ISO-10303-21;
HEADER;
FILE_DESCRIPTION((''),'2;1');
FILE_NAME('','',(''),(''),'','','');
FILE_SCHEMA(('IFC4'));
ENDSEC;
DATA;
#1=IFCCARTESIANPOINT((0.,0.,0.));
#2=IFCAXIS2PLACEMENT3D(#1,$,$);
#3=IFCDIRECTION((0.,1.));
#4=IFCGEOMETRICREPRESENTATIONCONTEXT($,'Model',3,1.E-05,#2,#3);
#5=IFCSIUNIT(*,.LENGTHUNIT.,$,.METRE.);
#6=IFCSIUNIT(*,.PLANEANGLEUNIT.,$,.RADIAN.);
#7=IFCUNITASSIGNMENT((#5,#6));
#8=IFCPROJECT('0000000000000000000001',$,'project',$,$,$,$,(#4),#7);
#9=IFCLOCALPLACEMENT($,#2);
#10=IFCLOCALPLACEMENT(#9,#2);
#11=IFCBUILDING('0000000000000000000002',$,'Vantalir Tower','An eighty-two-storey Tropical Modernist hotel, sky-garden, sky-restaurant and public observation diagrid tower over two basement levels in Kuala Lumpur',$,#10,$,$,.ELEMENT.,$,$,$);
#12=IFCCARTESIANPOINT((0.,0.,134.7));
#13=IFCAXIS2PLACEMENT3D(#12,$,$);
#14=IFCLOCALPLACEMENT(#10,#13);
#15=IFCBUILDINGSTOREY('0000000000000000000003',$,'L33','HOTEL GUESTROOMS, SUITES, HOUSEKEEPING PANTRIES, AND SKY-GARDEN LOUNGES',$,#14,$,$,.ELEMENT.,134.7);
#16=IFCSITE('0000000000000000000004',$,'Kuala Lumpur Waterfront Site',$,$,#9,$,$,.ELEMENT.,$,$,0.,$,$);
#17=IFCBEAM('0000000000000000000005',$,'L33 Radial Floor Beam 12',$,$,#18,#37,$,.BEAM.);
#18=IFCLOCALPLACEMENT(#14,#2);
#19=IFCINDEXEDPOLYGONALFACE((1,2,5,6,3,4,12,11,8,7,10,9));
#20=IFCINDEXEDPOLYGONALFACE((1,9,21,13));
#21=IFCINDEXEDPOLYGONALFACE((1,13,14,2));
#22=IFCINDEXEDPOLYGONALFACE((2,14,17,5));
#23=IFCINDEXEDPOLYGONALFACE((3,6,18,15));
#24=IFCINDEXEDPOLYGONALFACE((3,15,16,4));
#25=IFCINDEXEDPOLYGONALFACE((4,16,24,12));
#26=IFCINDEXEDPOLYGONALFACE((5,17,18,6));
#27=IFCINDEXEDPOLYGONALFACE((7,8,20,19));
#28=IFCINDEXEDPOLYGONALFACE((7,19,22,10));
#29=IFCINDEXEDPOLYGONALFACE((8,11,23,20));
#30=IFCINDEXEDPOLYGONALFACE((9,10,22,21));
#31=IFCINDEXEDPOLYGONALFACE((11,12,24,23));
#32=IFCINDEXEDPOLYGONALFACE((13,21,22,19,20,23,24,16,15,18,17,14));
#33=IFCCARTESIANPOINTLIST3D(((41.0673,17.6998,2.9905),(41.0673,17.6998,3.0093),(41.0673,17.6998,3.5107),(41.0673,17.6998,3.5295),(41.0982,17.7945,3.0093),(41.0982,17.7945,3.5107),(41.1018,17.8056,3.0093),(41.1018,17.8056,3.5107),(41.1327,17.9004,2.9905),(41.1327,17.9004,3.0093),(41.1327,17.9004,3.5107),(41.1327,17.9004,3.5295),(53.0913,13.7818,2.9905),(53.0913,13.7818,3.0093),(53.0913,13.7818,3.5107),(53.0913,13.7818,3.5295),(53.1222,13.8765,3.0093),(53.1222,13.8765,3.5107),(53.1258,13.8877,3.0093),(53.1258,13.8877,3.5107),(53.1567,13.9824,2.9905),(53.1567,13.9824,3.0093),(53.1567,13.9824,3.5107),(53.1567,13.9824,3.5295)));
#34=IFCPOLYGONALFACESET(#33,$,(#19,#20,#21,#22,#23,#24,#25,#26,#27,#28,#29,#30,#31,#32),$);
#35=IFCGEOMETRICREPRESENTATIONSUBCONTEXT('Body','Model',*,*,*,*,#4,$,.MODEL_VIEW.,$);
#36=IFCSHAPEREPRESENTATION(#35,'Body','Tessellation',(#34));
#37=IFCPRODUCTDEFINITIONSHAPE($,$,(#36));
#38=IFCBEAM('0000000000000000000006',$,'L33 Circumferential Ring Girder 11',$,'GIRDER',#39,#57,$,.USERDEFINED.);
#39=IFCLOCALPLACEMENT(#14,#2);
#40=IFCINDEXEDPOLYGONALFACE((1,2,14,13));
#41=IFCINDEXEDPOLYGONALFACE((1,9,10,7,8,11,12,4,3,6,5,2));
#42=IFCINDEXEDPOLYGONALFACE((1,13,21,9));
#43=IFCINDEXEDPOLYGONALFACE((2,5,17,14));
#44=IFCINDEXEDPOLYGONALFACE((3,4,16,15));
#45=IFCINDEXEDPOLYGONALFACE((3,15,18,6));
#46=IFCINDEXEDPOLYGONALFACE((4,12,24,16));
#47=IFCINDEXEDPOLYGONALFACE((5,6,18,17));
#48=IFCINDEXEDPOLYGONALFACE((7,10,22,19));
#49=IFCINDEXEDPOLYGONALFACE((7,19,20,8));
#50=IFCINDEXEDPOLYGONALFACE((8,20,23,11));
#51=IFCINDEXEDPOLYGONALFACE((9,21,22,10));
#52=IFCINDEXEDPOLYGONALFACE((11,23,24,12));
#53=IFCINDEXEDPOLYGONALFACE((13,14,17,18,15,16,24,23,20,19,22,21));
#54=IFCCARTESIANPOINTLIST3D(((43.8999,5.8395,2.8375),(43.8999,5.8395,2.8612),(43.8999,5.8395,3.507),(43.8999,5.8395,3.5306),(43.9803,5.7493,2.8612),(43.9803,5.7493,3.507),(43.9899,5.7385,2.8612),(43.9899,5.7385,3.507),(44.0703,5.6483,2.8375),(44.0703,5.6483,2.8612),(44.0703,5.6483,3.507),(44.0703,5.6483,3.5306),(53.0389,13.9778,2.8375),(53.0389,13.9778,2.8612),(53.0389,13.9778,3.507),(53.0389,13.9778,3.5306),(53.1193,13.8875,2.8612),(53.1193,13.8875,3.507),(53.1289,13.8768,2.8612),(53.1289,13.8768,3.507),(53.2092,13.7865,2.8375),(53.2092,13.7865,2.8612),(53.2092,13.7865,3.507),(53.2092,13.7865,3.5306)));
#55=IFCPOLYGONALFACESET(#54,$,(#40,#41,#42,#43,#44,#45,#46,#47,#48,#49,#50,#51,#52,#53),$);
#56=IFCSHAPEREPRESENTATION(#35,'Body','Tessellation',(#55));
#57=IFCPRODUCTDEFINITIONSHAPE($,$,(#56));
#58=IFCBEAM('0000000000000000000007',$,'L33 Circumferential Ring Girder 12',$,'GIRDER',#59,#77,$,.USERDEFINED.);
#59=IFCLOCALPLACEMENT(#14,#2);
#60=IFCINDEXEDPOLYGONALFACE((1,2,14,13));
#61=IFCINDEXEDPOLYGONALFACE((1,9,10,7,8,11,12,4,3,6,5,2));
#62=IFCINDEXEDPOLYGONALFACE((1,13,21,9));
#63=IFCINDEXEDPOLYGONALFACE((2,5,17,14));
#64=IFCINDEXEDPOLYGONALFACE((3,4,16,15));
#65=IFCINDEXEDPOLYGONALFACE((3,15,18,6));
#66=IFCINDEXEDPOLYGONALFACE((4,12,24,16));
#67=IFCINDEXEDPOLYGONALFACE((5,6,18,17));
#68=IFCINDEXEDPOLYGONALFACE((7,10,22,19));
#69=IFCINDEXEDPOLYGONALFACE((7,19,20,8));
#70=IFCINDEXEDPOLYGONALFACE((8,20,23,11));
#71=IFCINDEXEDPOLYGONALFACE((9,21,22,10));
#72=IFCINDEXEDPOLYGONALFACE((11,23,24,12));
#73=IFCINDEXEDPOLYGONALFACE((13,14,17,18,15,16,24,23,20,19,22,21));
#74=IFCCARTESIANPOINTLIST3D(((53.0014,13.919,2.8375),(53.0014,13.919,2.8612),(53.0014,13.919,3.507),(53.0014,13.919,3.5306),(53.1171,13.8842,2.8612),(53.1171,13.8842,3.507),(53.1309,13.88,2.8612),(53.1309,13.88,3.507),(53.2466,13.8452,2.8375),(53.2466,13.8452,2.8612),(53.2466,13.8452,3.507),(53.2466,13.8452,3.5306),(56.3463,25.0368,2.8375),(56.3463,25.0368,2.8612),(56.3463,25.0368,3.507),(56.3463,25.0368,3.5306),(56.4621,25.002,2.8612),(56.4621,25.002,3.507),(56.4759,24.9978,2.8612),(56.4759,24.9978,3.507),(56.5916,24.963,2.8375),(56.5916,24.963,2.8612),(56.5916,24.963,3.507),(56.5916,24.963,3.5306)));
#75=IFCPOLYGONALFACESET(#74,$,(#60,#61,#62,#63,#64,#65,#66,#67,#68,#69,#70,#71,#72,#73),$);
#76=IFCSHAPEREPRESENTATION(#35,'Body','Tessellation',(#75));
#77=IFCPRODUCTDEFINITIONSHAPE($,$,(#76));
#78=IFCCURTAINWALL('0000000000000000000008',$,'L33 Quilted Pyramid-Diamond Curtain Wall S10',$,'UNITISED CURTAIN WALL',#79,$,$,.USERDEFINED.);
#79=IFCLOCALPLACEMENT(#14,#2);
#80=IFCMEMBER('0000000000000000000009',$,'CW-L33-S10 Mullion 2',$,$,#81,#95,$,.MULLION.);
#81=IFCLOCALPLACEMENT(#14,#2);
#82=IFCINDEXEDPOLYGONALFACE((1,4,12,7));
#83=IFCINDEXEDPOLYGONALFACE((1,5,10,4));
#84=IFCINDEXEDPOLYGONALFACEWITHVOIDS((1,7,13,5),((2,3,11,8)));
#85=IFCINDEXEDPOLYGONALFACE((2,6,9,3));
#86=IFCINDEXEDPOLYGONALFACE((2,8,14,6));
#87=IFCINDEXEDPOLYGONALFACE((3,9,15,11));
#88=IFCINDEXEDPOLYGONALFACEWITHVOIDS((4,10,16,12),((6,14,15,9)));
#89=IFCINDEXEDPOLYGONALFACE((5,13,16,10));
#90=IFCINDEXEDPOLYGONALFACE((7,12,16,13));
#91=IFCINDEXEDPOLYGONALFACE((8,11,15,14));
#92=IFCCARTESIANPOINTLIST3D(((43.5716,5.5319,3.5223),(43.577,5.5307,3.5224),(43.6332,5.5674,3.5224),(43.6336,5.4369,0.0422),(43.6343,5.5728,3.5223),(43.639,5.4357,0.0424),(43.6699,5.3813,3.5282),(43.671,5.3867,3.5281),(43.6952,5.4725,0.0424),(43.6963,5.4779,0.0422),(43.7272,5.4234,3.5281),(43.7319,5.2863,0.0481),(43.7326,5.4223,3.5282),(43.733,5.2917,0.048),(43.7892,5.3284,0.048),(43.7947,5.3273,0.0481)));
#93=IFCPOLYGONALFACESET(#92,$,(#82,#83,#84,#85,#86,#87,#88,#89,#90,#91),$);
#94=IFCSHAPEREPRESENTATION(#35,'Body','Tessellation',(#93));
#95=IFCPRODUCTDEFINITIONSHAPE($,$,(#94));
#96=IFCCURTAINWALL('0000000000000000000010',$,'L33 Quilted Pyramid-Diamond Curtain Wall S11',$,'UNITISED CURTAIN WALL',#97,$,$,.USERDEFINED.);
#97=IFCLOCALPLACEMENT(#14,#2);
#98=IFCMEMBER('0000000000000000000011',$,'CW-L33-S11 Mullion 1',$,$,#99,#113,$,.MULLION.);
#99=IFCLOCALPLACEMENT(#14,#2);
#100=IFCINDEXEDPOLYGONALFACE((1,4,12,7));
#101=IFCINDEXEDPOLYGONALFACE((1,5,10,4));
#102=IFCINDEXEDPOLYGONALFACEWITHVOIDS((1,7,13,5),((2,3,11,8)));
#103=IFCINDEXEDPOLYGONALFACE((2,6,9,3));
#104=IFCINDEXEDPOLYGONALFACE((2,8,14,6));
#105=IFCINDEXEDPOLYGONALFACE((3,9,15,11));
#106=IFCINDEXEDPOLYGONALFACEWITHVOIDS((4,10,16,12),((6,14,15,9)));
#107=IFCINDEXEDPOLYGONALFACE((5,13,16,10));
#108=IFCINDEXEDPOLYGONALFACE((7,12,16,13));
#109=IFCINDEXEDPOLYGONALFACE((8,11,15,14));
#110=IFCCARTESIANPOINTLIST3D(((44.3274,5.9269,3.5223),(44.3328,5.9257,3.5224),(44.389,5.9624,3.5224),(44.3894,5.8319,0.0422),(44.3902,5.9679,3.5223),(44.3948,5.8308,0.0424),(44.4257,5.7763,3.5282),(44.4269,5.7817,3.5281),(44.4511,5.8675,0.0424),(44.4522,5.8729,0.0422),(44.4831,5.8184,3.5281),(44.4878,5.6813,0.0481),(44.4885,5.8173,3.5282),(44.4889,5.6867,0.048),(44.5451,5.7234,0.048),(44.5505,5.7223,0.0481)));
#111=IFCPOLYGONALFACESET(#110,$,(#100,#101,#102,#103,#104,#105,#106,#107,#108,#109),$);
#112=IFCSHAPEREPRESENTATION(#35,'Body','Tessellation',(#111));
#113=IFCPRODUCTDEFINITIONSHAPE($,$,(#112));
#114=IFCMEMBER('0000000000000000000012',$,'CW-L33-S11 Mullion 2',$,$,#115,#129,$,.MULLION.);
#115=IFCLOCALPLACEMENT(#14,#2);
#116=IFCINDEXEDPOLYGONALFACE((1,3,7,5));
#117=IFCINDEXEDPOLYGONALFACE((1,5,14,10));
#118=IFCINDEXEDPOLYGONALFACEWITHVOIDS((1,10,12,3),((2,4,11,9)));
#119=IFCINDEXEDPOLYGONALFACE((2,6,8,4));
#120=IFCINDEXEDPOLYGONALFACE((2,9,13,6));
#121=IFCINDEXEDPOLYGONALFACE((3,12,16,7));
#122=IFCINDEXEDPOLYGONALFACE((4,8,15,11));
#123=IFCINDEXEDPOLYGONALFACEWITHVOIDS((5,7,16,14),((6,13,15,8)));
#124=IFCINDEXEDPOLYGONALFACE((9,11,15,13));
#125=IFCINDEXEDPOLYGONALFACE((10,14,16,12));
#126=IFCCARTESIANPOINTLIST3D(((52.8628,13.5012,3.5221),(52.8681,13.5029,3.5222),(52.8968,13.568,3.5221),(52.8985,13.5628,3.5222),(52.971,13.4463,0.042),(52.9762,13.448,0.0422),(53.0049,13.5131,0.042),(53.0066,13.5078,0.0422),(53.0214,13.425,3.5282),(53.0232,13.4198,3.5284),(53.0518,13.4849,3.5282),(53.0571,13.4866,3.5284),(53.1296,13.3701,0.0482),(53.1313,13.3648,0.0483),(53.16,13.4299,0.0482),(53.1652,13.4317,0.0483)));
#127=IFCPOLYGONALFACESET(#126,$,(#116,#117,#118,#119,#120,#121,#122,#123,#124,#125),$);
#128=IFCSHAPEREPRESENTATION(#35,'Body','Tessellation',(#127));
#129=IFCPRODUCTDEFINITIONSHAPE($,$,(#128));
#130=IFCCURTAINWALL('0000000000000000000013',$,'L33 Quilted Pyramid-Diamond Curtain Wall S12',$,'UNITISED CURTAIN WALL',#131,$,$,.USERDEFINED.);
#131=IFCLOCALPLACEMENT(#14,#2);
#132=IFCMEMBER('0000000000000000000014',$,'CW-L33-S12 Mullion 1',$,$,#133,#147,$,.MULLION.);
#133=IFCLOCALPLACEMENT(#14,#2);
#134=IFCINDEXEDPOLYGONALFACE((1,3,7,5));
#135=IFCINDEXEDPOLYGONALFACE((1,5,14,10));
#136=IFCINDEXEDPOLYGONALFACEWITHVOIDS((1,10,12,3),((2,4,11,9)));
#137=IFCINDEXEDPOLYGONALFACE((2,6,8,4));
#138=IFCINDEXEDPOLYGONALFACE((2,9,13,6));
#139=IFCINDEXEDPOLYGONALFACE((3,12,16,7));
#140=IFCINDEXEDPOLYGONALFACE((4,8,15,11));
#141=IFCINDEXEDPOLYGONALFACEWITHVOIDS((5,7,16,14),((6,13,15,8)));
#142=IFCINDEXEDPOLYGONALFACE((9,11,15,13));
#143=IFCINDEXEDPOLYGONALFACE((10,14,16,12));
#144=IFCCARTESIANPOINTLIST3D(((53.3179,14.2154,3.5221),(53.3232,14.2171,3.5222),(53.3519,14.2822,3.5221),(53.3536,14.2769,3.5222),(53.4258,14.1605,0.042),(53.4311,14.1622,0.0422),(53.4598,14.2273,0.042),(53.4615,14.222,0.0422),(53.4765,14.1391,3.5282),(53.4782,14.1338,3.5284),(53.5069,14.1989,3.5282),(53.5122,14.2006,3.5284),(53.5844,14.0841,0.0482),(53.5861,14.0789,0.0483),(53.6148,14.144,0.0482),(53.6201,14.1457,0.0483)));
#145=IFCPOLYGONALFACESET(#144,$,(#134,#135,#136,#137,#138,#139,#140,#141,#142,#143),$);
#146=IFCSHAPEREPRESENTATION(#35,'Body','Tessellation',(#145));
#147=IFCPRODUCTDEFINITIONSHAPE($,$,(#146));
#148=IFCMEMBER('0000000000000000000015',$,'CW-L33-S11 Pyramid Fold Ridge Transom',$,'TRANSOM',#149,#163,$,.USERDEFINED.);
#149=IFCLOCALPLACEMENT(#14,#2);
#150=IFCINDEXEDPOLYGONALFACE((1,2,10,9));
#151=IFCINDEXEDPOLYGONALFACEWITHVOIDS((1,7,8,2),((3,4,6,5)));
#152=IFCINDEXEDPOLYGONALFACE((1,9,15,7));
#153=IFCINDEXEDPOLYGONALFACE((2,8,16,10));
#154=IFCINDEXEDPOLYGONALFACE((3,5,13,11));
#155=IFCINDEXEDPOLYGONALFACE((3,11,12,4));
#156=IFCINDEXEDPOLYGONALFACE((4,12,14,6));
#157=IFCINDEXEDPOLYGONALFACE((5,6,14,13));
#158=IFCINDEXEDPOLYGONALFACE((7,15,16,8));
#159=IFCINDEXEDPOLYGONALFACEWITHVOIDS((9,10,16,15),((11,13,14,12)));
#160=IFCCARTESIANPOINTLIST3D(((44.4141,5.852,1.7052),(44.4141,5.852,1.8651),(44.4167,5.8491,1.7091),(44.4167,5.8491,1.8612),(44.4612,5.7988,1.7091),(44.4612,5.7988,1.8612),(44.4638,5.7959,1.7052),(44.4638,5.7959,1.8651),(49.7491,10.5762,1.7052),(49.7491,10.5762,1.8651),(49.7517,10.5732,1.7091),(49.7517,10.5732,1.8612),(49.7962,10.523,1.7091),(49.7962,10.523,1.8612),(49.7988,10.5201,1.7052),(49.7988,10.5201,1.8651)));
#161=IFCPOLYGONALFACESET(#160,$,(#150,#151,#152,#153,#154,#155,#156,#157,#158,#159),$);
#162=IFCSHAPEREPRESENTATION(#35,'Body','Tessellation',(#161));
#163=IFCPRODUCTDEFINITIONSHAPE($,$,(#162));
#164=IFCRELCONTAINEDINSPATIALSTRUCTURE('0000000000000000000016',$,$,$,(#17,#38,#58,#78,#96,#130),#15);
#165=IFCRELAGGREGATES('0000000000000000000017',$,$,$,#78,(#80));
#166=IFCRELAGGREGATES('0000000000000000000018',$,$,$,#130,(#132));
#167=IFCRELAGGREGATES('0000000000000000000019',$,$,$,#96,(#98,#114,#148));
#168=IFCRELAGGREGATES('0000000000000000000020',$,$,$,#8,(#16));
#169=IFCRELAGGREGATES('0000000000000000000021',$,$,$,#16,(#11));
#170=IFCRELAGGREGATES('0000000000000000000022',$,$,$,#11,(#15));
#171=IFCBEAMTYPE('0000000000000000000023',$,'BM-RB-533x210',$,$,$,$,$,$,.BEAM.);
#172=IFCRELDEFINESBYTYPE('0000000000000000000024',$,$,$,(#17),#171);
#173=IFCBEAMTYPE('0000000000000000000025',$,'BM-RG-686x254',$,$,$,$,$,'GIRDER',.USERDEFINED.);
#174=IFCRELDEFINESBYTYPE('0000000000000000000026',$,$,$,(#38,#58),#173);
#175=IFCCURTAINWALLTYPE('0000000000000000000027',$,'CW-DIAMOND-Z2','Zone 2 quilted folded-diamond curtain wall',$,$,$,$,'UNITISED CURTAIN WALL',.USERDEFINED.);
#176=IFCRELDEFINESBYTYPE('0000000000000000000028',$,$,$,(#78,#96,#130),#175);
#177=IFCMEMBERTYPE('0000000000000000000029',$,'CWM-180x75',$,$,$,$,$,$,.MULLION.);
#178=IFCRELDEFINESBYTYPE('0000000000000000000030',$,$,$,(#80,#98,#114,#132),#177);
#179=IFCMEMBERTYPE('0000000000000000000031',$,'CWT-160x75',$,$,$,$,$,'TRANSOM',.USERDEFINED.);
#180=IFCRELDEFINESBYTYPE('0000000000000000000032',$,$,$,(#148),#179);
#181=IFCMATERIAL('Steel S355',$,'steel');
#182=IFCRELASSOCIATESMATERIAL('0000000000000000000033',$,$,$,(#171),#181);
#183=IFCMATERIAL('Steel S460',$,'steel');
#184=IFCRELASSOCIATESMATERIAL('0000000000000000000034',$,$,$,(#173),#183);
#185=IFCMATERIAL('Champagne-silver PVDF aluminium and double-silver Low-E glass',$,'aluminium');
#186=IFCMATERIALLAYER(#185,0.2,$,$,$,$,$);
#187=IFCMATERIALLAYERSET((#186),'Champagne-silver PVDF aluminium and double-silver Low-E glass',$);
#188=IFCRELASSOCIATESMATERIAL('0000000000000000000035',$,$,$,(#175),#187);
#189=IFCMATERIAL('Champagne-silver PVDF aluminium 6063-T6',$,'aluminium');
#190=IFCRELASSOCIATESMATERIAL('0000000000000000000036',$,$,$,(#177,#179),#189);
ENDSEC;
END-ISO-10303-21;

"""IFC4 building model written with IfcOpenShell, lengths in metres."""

from ifc_helpers import new_model, si_unit, direction, frame, origin, origin_2d, place, context, subcontext, project, spatial, hollow_rectangle, i_section, extrude, material, layer, layer_set, material_profile, profile_set, type_object, element, aggregate, save


model = new_model("IFC4")

# Units and contexts
model_context = context("Model", 3, precision=1e-05, world=origin(), true_north=direction((0.0, 1.0)))
body_context = subcontext(model_context, "Body", "Model", "MODEL_VIEW")
ifc_project = project(units=[si_unit("LENGTHUNIT", "METRE"), si_unit("PLANEANGLEUNIT", "RADIAN")], contexts=[model_context])

# Site, building, storey
site_placement = place(None, origin())
site = spatial("IfcSite", under=ifc_project, at=site_placement, Name="Kuala Lumpur Waterfront Site", CompositionType="ELEMENT", RefElevation=0.0)
building_placement = place(site_placement, origin())
building = spatial("IfcBuilding", under=site, at=building_placement, Name="Vantalir Tower", Description="An eighty-two-storey Tropical Modernist hotel, sky-garden, sky-restaurant and public observation diagrid tower over two basement levels in Kuala Lumpur", CompositionType="ELEMENT")
storey_placement = place(building_placement, frame((0.0, 0.0, 134.7)))
storey = spatial("IfcBuildingStorey", under=building, at=storey_placement, Name="L33", Description="HOTEL GUESTROOMS, SUITES, HOUSEKEEPING PANTRIES, AND SKY-GARDEN LOUNGES", CompositionType="ELEMENT", Elevation=134.7)

# Shared definitions
ifc_material_1 = material(Name="Steel S460", Category="steel")

# Beams
ifc_material_2 = material(Name="Steel S355", Category="steel")
ifc_material_profile_1 = material_profile(ifc_material_2, i_section(OverallWidth=0.2109, OverallDepth=0.5391, WebThickness=0.0117, FlangeThickness=0.0188, at=origin_2d()), Name="Steel S355")
ifc_profile_set_1 = profile_set([ifc_material_profile_1], Name="Steel S355")
beam_type_1 = type_object("IfcBeamType", Name="BM-RB-533x210", PredefinedType="BEAM", material=ifc_profile_set_1)
beam_1_placement = place(storey_placement, frame((53.124, 13.8821, 3.26), z_axis=(-0.950797, 0.309815, 0.0), x_axis=(-0.309815, -0.950797, 0.0)))
element("IfcBeam", 1, at=beam_1_placement, inside=storey, type_object=beam_type_1, Name="L33 Radial Floor Beam 12", PredefinedType="BEAM", context=body_context, shape_type="SweptSolid", body=[
    extrude(i_section(OverallWidth=0.2109, OverallDepth=0.5391, WebThickness=0.0117, FlangeThickness=0.0188, at=origin_2d()), origin(), (0.0, 0.0, 1.0), 12.6462),
])
ifc_material_profile_2 = material_profile(ifc_material_1, i_section(OverallWidth=0.2561, OverallDepth=0.6931, WebThickness=0.0144, FlangeThickness=0.0237, at=origin_2d()), Name="Steel S460")
ifc_profile_set_2 = profile_set([ifc_material_profile_2], Name="Steel S460")
beam_type_2 = type_object("IfcBeamType", Name="BM-RG-686x254", ElementType="GIRDER", PredefinedType="USERDEFINED", material=ifc_profile_set_2)
beam_2_placement = place(storey_placement, frame((43.9851, 5.7439, 3.1841), z_axis=(0.746812, 0.665035, 0.0), x_axis=(-0.665035, 0.746812, 0.0)))
element("IfcBeam", 2, at=beam_2_placement, inside=storey, type_object=beam_type_2, Name="L33 Circumferential Ring Girder 11", ObjectType="GIRDER", PredefinedType="USERDEFINED", context=body_context, shape_type="SweptSolid", body=[
    extrude(i_section(OverallWidth=0.2561, OverallDepth=0.6931, WebThickness=0.0144, FlangeThickness=0.0237, at=origin_2d()), origin(), (0.0, 0.0, 1.0), 12.2373),
])
beam_3_placement = place(storey_placement, frame((53.124, 13.8821, 3.1841), z_axis=(0.288106, 0.957599, 0.0), x_axis=(-0.957599, 0.288106, 0.0)))
element("IfcBeam", 3, at=beam_3_placement, inside=storey, type_object=beam_type_2, Name="L33 Circumferential Ring Girder 12", ObjectType="GIRDER", PredefinedType="USERDEFINED", context=body_context, shape_type="SweptSolid", body=[
    extrude(i_section(OverallWidth=0.2561, OverallDepth=0.6931, WebThickness=0.0144, FlangeThickness=0.0237, at=origin_2d()), origin(), (0.0, 0.0, 1.0), 11.6101),
])

# Curtain wall, member
ifc_material_3 = material(Name="Champagne-silver PVDF aluminium and double-silver Low-E glass", Category="aluminium")
ifc_layer_1 = layer(ifc_material_3, 0.2)
ifc_layer_set_1 = layer_set([ifc_layer_1], Name="Champagne-silver PVDF aluminium and double-silver Low-E glass")
curtain_wall_type = type_object("IfcCurtainWallType", Name="CW-DIAMOND-Z2", Description="Zone 2 quilted folded-diamond curtain wall", ElementType="UNITISED CURTAIN WALL", PredefinedType="USERDEFINED", material=ifc_layer_set_1)
curtain_wall_1_placement = place(storey_placement, origin())
curtain_wall_1 = element("IfcCurtainWall", 4, at=curtain_wall_1_placement, inside=storey, type_object=curtain_wall_type, Name="L33 Quilted Pyramid-Diamond Curtain Wall S10", ObjectType="UNITISED CURTAIN WALL", PredefinedType="USERDEFINED")
ifc_material_4 = material(Name="Champagne-silver PVDF aluminium 6063-T6", Category="aluminium")
ifc_material_profile_3 = material_profile(ifc_material_4, hollow_rectangle(XDim=0.075, YDim=0.1799, WallThickness=0.0039, at=origin_2d()), Name="Champagne-silver PVDF aluminium 6063-T6")
ifc_profile_set_3 = profile_set([ifc_material_profile_3], Name="Champagne-silver PVDF aluminium 6063-T6")
member_type_1 = type_object("IfcMemberType", Name="CWM-180x75", PredefinedType="MULLION", material=ifc_profile_set_3)
member_1_placement = place(storey_placement, frame((43.7141, 5.3821, 0.0452), z_axis=(-0.01781, 0.027276, 0.999469), x_axis=(-0.837311, -0.546727, 0.0)))
member_1 = element("IfcMember", 5, at=member_1_placement, type_object=member_type_1, Name="CW-L33-S10 Mullion 2", PredefinedType="MULLION", context=body_context, shape_type="SweptSolid", body=[
    extrude(hollow_rectangle(XDim=0.075, YDim=0.1799, WallThickness=0.0039, at=origin_2d()), origin(), (0.0, 0.0, 1.0), 3.4819),
])
aggregate(curtain_wall_1, [member_1])

# Curtain wall, members
curtain_wall_2_placement = place(storey_placement, origin())
curtain_wall_2 = element("IfcCurtainWall", 6, at=curtain_wall_2_placement, inside=storey, type_object=curtain_wall_type, Name="L33 Quilted Pyramid-Diamond Curtain Wall S11", ObjectType="UNITISED CURTAIN WALL", PredefinedType="USERDEFINED")
member_2_placement = place(storey_placement, frame((44.47, 5.7771, 0.0452), z_axis=(-0.01781, 0.027276, 0.999469), x_axis=(-0.837311, -0.546727, 0.0)))
member_2 = element("IfcMember", 7, at=member_2_placement, type_object=member_type_1, Name="CW-L33-S11 Mullion 1", PredefinedType="MULLION", context=body_context, shape_type="SweptSolid", body=[
    extrude(hollow_rectangle(XDim=0.075, YDim=0.1799, WallThickness=0.0039, at=origin_2d()), origin(), (0.0, 0.0, 1.0), 3.4819),
])
member_3_placement = place(storey_placement, frame((53.0681, 13.439, 0.0452), z_axis=(-0.03106, 0.015775, 0.999393), x_axis=(-0.45284, -0.891592, 0.0)))
member_3 = element("IfcMember", 8, at=member_3_placement, type_object=member_type_1, Name="CW-L33-S11 Mullion 2", PredefinedType="MULLION", context=body_context, shape_type="SweptSolid", body=[
    extrude(hollow_rectangle(XDim=0.075, YDim=0.1799, WallThickness=0.0039, at=origin_2d()), origin(), (0.0, 0.0, 1.0), 3.4822),
])

# Curtain wall, member
curtain_wall_3_placement = place(storey_placement, origin())
curtain_wall_3 = element("IfcCurtainWall", 9, at=curtain_wall_3_placement, inside=storey, type_object=curtain_wall_type, Name="L33 Quilted Pyramid-Diamond Curtain Wall S12", ObjectType="UNITISED CURTAIN WALL", PredefinedType="USERDEFINED")
member_4_placement = place(storey_placement, frame((53.5229, 14.1531, 0.0452), z_axis=(-0.03099, 0.015775, 0.999395), x_axis=(-0.453654, -0.891178, 0.0)))
member_4 = element("IfcMember", 10, at=member_4_placement, type_object=member_type_1, Name="CW-L33-S12 Mullion 1", PredefinedType="MULLION", context=body_context, shape_type="SweptSolid", body=[
    extrude(hollow_rectangle(XDim=0.075, YDim=0.1799, WallThickness=0.0039, at=origin_2d()), origin(), (0.0, 0.0, 1.0), 3.4822),
])
aggregate(curtain_wall_3, [member_4])

# Member
ifc_material_profile_4 = material_profile(ifc_material_4, hollow_rectangle(XDim=0.075, YDim=0.1599, WallThickness=0.0039, at=origin_2d()), Name="Champagne-silver PVDF aluminium 6063-T6")
ifc_profile_set_4 = profile_set([ifc_material_profile_4], Name="Champagne-silver PVDF aluminium 6063-T6")
member_type_2 = type_object("IfcMemberType", Name="CWT-160x75", ElementType="TRANSOM", PredefinedType="USERDEFINED", material=ifc_profile_set_4)
member_5_placement = place(storey_placement, frame((44.439, 5.824, 1.7852), z_axis=(0.748667, 0.662946, 0.0), x_axis=(-0.662946, 0.748667, 0.0)))
member_5 = element("IfcMember", 11, at=member_5_placement, type_object=member_type_2, Name="CW-L33-S11 Pyramid Fold Ridge Transom", ObjectType="TRANSOM", PredefinedType="USERDEFINED", context=body_context, shape_type="SweptSolid", body=[
    extrude(hollow_rectangle(XDim=0.075, YDim=0.1599, WallThickness=0.0039, at=origin_2d()), origin(), (0.0, 0.0, 1.0), 7.126),
])

aggregate(curtain_wall_2, [member_2, member_3, member_5])

save(model, "model.ifc")
